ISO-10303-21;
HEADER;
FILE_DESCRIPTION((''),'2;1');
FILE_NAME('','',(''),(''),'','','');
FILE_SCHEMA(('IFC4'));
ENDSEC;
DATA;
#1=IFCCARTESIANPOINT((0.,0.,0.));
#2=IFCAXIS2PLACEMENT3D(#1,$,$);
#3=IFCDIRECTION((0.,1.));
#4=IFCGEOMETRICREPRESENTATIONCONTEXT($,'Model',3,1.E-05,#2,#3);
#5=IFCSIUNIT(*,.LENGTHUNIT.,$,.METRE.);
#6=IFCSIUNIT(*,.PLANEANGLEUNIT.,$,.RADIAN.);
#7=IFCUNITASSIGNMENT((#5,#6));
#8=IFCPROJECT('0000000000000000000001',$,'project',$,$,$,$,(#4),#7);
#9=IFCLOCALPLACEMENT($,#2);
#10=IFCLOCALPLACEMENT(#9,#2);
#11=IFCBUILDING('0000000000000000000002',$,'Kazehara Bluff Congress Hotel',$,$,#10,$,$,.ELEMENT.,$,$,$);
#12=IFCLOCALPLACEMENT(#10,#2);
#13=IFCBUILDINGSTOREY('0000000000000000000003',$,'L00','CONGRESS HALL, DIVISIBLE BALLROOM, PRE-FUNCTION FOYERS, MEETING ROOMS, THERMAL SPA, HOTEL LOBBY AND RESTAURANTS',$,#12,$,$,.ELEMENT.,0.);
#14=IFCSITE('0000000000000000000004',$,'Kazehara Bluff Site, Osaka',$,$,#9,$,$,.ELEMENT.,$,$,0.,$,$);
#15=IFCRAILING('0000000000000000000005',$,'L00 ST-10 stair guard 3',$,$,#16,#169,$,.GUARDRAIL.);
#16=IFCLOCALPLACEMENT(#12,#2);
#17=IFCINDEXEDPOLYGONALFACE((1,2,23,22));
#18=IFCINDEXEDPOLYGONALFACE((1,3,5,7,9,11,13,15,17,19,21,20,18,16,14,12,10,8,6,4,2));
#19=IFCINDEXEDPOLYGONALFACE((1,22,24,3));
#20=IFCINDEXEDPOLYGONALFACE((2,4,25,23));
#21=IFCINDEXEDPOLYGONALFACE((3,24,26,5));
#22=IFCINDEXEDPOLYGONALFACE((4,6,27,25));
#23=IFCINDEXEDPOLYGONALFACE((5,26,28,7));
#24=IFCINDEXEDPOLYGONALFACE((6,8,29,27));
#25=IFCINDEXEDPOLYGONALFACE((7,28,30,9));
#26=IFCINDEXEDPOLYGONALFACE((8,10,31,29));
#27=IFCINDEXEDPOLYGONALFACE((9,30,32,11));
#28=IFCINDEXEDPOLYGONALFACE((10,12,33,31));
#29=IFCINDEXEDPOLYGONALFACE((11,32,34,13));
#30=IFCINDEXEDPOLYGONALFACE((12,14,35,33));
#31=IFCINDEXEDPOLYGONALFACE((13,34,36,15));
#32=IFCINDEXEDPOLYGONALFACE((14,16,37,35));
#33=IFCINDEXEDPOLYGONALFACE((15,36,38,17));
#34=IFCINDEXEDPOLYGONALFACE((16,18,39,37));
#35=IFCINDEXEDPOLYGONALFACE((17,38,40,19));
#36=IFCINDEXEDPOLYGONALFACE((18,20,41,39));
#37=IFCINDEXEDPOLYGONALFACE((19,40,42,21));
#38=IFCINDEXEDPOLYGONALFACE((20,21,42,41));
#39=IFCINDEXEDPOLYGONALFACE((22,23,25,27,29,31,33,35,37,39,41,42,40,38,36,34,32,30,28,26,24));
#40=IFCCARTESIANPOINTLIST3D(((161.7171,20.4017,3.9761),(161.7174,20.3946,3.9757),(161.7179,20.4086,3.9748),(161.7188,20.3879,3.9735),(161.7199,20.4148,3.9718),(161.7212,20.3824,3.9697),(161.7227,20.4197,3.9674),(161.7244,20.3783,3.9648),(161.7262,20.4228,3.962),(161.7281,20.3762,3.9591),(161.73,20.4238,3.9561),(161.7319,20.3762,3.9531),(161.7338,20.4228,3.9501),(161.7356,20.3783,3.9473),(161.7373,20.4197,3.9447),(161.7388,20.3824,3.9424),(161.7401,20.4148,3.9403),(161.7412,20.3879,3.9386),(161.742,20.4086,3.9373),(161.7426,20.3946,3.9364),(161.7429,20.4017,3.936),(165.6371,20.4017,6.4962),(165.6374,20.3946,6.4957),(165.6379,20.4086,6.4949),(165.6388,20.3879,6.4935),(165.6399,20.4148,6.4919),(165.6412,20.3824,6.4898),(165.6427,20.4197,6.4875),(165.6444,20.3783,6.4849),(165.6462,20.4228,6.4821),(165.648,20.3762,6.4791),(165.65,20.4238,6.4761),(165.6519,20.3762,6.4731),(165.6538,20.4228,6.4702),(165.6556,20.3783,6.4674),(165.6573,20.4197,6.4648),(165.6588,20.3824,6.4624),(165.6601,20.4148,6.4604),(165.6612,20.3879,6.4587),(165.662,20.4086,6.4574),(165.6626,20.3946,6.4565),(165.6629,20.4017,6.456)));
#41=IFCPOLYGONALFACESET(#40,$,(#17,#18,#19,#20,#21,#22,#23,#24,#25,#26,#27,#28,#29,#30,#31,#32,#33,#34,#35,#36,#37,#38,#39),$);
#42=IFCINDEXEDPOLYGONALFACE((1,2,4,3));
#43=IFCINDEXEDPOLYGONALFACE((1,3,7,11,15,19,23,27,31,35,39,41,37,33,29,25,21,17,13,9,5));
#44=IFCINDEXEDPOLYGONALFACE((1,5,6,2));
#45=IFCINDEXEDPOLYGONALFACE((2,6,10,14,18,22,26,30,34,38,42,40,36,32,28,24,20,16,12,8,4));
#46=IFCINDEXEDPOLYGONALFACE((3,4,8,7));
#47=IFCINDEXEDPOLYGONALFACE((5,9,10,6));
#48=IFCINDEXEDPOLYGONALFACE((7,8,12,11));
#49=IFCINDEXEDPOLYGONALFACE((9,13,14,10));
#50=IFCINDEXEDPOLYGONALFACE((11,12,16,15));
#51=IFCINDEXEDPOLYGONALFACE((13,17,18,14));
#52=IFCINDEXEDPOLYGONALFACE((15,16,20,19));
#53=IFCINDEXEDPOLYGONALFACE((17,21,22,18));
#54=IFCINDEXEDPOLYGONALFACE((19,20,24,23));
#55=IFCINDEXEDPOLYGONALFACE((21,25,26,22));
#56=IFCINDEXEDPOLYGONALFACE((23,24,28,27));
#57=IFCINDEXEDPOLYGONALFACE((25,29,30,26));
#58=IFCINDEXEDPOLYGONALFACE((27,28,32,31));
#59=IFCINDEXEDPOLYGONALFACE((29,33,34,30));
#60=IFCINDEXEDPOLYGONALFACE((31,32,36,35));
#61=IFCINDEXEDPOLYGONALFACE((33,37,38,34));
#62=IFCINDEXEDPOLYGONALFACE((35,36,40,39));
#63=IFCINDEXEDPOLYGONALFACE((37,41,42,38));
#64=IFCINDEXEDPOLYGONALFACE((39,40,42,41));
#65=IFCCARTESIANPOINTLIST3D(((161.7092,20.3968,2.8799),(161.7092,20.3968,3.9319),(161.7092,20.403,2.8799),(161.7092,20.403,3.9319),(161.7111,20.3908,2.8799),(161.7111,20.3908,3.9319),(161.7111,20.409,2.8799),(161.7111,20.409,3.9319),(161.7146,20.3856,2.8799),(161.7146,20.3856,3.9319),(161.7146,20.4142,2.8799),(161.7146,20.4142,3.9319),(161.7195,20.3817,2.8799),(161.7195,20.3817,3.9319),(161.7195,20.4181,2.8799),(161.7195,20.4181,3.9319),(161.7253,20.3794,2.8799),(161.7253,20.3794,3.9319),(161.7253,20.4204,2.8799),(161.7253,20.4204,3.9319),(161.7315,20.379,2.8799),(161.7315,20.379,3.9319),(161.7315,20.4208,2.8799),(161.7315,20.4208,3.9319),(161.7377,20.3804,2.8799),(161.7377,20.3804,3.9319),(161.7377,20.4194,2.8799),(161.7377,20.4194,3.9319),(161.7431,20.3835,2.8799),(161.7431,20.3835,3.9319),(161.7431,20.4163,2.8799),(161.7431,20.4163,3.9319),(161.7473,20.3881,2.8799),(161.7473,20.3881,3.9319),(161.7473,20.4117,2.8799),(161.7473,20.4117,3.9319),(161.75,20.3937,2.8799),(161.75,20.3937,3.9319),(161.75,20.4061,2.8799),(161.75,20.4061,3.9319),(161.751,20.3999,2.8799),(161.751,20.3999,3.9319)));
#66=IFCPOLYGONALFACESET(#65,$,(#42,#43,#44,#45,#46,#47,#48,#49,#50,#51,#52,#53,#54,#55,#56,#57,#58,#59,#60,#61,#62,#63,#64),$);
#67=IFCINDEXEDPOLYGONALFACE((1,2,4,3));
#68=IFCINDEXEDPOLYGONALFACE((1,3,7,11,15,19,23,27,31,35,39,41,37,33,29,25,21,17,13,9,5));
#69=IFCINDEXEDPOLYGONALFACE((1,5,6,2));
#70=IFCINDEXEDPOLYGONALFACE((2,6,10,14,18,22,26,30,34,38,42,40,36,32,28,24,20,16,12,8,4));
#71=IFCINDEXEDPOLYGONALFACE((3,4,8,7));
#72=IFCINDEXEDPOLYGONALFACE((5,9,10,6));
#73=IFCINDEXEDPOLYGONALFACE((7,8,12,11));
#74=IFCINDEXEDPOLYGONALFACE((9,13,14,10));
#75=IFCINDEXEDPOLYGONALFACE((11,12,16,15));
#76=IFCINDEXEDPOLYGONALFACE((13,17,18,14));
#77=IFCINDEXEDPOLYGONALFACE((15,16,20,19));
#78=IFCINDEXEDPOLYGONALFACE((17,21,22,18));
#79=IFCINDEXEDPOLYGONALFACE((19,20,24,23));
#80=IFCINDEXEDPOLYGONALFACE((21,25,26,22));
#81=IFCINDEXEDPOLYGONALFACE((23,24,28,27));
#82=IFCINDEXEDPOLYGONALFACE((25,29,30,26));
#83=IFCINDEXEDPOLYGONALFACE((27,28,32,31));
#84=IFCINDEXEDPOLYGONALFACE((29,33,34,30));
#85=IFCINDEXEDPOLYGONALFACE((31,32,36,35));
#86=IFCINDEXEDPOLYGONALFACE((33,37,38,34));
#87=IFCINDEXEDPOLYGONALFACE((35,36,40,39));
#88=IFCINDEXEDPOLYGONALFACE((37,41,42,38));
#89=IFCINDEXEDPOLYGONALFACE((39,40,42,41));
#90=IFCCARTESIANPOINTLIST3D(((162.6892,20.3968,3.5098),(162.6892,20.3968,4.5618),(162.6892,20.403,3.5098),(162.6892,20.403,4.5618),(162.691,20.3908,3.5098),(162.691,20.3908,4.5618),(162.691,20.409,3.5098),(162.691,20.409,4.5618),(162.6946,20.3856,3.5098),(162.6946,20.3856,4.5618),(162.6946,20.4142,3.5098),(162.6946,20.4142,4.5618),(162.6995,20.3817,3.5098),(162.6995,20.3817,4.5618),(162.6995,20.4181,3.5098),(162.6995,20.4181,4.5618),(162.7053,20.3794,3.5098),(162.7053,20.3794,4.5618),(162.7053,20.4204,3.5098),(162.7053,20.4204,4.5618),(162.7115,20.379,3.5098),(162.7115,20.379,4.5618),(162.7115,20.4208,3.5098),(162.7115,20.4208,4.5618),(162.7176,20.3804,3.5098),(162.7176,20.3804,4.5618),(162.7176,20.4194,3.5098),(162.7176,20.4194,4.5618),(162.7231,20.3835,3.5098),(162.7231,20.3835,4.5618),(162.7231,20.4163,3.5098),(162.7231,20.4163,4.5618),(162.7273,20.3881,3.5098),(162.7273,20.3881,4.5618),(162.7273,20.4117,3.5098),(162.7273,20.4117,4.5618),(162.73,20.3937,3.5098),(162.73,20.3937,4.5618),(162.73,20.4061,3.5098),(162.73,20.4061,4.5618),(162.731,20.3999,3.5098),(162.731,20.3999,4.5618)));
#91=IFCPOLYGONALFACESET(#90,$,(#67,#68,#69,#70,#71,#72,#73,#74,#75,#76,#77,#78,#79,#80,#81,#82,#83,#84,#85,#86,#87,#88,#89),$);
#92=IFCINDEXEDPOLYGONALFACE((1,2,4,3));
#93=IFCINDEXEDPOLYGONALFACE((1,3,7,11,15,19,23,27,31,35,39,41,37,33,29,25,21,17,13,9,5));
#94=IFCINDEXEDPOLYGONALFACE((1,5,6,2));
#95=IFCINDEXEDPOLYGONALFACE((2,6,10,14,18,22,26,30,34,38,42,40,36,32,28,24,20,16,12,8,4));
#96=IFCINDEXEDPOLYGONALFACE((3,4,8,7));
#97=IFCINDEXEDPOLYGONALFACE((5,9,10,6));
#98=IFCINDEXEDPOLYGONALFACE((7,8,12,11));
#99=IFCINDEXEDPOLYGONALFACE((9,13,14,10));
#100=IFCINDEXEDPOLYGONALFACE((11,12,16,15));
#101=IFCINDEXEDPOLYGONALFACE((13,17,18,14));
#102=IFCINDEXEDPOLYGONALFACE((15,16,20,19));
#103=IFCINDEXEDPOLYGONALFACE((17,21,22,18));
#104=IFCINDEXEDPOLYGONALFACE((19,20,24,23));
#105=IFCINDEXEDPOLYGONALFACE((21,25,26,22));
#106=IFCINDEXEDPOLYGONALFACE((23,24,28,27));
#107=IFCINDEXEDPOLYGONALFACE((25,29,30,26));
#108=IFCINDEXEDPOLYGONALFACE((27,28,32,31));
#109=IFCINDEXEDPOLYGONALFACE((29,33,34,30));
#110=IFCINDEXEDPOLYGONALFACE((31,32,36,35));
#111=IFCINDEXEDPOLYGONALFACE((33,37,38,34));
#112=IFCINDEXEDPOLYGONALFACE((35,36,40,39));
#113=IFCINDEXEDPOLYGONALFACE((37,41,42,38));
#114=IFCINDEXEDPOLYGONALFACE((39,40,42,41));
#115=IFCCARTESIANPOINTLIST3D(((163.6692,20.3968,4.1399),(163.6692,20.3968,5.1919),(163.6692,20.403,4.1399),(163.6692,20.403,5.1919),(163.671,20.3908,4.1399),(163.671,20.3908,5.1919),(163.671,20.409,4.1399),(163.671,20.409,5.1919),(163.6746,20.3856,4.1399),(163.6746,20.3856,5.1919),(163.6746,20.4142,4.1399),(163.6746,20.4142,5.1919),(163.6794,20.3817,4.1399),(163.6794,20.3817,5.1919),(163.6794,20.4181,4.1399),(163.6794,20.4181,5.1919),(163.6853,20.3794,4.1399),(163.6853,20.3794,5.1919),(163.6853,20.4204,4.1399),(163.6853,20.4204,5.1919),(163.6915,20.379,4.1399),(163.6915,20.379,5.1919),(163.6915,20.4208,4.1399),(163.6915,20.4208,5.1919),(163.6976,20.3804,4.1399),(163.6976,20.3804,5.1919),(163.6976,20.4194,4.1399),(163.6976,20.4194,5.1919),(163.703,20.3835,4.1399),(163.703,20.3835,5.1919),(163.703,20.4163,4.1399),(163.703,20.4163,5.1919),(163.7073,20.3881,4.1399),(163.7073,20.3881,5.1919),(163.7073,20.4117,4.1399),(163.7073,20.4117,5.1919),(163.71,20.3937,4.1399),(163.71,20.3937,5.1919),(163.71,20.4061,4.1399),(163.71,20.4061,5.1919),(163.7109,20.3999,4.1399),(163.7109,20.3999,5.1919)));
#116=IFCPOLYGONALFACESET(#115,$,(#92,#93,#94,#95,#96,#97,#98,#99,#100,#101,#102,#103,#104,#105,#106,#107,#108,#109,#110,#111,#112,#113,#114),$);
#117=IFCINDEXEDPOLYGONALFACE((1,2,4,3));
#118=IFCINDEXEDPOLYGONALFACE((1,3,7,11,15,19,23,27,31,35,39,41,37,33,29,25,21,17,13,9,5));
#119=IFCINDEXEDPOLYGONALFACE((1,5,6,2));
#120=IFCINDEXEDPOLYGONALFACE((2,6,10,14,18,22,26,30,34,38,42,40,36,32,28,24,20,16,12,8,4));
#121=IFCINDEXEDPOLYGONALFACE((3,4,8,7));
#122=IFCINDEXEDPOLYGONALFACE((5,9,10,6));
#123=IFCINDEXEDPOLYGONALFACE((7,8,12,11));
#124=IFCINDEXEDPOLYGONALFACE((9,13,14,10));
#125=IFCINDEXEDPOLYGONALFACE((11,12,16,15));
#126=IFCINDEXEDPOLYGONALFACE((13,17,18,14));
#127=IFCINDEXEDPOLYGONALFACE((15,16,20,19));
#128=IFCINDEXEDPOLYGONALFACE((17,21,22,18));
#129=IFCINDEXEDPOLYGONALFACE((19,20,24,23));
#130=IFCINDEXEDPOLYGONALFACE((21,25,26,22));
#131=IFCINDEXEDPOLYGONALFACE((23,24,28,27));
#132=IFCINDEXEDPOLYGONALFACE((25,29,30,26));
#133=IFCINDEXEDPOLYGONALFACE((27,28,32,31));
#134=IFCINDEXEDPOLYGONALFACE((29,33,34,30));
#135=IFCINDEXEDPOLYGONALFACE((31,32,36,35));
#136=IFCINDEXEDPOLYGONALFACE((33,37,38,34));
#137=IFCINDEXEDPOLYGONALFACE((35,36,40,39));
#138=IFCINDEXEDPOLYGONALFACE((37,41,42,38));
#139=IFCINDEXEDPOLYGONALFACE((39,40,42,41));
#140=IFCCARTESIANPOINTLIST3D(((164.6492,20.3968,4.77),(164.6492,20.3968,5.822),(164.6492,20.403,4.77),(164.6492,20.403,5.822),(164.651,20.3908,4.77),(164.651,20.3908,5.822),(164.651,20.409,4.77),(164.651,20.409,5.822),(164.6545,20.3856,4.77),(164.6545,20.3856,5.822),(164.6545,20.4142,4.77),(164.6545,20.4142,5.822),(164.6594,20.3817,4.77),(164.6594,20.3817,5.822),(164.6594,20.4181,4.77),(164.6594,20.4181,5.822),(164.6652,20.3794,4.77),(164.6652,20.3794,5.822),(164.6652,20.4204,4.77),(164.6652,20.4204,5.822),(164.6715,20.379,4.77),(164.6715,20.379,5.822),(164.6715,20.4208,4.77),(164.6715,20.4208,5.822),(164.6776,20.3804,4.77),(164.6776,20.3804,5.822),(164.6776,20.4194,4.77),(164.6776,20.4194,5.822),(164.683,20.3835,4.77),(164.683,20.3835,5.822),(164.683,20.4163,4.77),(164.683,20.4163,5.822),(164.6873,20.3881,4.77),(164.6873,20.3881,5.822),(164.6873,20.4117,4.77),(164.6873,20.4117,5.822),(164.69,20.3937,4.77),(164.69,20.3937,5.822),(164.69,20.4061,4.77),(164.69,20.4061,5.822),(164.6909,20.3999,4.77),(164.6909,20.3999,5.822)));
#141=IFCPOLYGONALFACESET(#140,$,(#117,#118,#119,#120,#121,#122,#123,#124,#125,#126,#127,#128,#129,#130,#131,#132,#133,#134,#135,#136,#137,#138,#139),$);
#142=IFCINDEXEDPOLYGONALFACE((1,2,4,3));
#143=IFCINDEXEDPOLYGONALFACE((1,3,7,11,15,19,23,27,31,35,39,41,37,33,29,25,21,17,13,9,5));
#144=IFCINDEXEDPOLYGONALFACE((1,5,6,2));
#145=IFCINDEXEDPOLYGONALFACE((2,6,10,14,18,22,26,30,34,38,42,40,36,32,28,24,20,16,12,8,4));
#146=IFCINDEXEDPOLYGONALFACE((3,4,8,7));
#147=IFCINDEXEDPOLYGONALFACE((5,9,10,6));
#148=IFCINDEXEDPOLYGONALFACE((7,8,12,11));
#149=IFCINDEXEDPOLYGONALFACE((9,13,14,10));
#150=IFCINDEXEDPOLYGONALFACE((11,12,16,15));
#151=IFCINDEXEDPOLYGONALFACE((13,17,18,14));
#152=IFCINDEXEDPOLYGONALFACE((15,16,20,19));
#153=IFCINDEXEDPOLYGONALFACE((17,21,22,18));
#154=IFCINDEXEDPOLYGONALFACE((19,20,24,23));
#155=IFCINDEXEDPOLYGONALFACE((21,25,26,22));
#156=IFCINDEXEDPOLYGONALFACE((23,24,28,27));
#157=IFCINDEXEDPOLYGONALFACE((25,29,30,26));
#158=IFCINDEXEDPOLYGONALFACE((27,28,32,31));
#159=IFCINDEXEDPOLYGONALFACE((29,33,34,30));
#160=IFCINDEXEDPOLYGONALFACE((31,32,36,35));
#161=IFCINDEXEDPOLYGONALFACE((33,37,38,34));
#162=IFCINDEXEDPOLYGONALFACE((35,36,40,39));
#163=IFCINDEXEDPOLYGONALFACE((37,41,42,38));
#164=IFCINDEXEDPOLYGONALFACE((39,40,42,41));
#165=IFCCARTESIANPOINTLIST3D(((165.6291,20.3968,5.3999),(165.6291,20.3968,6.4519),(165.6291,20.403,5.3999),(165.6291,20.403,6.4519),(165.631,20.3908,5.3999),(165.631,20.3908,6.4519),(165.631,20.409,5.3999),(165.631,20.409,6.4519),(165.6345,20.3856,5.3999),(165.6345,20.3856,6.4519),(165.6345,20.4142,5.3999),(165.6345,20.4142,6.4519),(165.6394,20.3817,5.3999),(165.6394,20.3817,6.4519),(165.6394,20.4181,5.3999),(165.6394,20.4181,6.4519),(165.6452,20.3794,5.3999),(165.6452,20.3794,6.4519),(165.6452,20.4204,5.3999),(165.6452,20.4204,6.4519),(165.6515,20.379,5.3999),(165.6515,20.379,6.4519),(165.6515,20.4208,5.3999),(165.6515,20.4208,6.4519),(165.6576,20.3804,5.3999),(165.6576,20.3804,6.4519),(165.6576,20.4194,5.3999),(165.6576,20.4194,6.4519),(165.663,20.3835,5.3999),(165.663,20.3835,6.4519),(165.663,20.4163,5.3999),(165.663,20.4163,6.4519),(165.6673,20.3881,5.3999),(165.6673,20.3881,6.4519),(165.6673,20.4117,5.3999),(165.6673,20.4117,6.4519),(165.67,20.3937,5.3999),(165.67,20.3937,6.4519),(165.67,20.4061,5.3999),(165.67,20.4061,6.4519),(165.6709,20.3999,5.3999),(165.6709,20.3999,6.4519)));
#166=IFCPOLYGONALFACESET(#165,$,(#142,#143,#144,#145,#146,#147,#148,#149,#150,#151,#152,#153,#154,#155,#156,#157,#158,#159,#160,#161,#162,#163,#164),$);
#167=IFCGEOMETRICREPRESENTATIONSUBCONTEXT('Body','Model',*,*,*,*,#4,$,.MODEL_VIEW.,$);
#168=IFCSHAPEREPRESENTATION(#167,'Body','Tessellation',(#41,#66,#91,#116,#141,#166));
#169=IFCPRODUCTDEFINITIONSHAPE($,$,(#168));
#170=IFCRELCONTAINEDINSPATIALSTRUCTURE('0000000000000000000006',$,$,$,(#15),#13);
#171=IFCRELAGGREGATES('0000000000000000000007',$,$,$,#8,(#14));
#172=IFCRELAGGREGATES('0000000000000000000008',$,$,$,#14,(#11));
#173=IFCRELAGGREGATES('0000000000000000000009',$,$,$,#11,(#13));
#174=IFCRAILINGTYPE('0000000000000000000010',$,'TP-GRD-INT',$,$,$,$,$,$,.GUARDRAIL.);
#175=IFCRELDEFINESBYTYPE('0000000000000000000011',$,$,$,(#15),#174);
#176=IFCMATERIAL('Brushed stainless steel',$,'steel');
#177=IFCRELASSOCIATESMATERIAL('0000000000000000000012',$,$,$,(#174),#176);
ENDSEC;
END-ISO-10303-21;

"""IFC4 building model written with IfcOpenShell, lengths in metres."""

from ifc_helpers import new_model, si_unit, direction, frame, origin, origin_2d, place, context, subcontext, project, spatial, circle, extrude, material, type_object, element, save


model = new_model("IFC4")

# Units and contexts
model_context = context("Model", 3, precision=1e-05, world=origin(), true_north=direction((0.0, 1.0)))
body_context = subcontext(model_context, "Body", "Model", "MODEL_VIEW")
ifc_project = project(units=[si_unit("LENGTHUNIT", "METRE"), si_unit("PLANEANGLEUNIT", "RADIAN")], contexts=[model_context])

# Site, building, storey
site_placement = place(None, origin())
site = spatial("IfcSite", under=ifc_project, at=site_placement, Name="Kazehara Bluff Site, Osaka", CompositionType="ELEMENT", RefElevation=0.0)
building_placement = place(site_placement, origin())
building = spatial("IfcBuilding", under=site, at=building_placement, Name="Kazehara Bluff Congress Hotel", CompositionType="ELEMENT")
storey_placement = place(building_placement, origin())
storey = spatial("IfcBuildingStorey", under=building, at=storey_placement, Name="L00", Description="CONGRESS HALL, DIVISIBLE BALLROOM, PRE-FUNCTION FOYERS, MEETING ROOMS, THERMAL SPA, HOTEL LOBBY AND RESTAURANTS", CompositionType="ELEMENT", Elevation=0.0)

# Railing
ifc_material_1 = material(Name="Brushed stainless steel", Category="steel")
railing_type_1 = type_object("IfcRailingType", Name="TP-GRD-INT", PredefinedType="GUARDRAIL", material=ifc_material_1)
railing_1_placement = place(storey_placement, frame((161.73, 20.3999, 2.8799)))
element("IfcRailing", 1, at=railing_1_placement, inside=storey, type_object=railing_type_1, Name="L00 ST-10 stair guard 3", PredefinedType="GUARDRAIL", context=body_context, shape_type="SweptSolid", body=[
    extrude(circle(Radius=0.0239, at=origin_2d()), frame((0.0, 0.0, 1.0762), z_axis=(0.841172, 0.0, 0.540768), x_axis=(0.0, 1.0, 0.0)), (0.0, 0.0, 1.0), 4.6602),
    extrude(circle(Radius=0.021, at=origin_2d()), origin(), (0.0, 0.0, 1.0), 1.052),
    extrude(circle(Radius=0.021, at=origin_2d()), frame((0.98, 0.0, 0.6299)), (0.0, 0.0, 1.0), 1.052),
    extrude(circle(Radius=0.021, at=origin_2d()), frame((1.96, 0.0, 1.26)), (0.0, 0.0, 1.0), 1.052),
    extrude(circle(Radius=0.021, at=origin_2d()), frame((2.9399, 0.0, 1.8901)), (0.0, 0.0, 1.0), 1.052),
    extrude(circle(Radius=0.021, at=origin_2d()), frame((3.9199, 0.0, 2.52)), (0.0, 0.0, 1.0), 1.052),
])

save(model, "model.ifc")
